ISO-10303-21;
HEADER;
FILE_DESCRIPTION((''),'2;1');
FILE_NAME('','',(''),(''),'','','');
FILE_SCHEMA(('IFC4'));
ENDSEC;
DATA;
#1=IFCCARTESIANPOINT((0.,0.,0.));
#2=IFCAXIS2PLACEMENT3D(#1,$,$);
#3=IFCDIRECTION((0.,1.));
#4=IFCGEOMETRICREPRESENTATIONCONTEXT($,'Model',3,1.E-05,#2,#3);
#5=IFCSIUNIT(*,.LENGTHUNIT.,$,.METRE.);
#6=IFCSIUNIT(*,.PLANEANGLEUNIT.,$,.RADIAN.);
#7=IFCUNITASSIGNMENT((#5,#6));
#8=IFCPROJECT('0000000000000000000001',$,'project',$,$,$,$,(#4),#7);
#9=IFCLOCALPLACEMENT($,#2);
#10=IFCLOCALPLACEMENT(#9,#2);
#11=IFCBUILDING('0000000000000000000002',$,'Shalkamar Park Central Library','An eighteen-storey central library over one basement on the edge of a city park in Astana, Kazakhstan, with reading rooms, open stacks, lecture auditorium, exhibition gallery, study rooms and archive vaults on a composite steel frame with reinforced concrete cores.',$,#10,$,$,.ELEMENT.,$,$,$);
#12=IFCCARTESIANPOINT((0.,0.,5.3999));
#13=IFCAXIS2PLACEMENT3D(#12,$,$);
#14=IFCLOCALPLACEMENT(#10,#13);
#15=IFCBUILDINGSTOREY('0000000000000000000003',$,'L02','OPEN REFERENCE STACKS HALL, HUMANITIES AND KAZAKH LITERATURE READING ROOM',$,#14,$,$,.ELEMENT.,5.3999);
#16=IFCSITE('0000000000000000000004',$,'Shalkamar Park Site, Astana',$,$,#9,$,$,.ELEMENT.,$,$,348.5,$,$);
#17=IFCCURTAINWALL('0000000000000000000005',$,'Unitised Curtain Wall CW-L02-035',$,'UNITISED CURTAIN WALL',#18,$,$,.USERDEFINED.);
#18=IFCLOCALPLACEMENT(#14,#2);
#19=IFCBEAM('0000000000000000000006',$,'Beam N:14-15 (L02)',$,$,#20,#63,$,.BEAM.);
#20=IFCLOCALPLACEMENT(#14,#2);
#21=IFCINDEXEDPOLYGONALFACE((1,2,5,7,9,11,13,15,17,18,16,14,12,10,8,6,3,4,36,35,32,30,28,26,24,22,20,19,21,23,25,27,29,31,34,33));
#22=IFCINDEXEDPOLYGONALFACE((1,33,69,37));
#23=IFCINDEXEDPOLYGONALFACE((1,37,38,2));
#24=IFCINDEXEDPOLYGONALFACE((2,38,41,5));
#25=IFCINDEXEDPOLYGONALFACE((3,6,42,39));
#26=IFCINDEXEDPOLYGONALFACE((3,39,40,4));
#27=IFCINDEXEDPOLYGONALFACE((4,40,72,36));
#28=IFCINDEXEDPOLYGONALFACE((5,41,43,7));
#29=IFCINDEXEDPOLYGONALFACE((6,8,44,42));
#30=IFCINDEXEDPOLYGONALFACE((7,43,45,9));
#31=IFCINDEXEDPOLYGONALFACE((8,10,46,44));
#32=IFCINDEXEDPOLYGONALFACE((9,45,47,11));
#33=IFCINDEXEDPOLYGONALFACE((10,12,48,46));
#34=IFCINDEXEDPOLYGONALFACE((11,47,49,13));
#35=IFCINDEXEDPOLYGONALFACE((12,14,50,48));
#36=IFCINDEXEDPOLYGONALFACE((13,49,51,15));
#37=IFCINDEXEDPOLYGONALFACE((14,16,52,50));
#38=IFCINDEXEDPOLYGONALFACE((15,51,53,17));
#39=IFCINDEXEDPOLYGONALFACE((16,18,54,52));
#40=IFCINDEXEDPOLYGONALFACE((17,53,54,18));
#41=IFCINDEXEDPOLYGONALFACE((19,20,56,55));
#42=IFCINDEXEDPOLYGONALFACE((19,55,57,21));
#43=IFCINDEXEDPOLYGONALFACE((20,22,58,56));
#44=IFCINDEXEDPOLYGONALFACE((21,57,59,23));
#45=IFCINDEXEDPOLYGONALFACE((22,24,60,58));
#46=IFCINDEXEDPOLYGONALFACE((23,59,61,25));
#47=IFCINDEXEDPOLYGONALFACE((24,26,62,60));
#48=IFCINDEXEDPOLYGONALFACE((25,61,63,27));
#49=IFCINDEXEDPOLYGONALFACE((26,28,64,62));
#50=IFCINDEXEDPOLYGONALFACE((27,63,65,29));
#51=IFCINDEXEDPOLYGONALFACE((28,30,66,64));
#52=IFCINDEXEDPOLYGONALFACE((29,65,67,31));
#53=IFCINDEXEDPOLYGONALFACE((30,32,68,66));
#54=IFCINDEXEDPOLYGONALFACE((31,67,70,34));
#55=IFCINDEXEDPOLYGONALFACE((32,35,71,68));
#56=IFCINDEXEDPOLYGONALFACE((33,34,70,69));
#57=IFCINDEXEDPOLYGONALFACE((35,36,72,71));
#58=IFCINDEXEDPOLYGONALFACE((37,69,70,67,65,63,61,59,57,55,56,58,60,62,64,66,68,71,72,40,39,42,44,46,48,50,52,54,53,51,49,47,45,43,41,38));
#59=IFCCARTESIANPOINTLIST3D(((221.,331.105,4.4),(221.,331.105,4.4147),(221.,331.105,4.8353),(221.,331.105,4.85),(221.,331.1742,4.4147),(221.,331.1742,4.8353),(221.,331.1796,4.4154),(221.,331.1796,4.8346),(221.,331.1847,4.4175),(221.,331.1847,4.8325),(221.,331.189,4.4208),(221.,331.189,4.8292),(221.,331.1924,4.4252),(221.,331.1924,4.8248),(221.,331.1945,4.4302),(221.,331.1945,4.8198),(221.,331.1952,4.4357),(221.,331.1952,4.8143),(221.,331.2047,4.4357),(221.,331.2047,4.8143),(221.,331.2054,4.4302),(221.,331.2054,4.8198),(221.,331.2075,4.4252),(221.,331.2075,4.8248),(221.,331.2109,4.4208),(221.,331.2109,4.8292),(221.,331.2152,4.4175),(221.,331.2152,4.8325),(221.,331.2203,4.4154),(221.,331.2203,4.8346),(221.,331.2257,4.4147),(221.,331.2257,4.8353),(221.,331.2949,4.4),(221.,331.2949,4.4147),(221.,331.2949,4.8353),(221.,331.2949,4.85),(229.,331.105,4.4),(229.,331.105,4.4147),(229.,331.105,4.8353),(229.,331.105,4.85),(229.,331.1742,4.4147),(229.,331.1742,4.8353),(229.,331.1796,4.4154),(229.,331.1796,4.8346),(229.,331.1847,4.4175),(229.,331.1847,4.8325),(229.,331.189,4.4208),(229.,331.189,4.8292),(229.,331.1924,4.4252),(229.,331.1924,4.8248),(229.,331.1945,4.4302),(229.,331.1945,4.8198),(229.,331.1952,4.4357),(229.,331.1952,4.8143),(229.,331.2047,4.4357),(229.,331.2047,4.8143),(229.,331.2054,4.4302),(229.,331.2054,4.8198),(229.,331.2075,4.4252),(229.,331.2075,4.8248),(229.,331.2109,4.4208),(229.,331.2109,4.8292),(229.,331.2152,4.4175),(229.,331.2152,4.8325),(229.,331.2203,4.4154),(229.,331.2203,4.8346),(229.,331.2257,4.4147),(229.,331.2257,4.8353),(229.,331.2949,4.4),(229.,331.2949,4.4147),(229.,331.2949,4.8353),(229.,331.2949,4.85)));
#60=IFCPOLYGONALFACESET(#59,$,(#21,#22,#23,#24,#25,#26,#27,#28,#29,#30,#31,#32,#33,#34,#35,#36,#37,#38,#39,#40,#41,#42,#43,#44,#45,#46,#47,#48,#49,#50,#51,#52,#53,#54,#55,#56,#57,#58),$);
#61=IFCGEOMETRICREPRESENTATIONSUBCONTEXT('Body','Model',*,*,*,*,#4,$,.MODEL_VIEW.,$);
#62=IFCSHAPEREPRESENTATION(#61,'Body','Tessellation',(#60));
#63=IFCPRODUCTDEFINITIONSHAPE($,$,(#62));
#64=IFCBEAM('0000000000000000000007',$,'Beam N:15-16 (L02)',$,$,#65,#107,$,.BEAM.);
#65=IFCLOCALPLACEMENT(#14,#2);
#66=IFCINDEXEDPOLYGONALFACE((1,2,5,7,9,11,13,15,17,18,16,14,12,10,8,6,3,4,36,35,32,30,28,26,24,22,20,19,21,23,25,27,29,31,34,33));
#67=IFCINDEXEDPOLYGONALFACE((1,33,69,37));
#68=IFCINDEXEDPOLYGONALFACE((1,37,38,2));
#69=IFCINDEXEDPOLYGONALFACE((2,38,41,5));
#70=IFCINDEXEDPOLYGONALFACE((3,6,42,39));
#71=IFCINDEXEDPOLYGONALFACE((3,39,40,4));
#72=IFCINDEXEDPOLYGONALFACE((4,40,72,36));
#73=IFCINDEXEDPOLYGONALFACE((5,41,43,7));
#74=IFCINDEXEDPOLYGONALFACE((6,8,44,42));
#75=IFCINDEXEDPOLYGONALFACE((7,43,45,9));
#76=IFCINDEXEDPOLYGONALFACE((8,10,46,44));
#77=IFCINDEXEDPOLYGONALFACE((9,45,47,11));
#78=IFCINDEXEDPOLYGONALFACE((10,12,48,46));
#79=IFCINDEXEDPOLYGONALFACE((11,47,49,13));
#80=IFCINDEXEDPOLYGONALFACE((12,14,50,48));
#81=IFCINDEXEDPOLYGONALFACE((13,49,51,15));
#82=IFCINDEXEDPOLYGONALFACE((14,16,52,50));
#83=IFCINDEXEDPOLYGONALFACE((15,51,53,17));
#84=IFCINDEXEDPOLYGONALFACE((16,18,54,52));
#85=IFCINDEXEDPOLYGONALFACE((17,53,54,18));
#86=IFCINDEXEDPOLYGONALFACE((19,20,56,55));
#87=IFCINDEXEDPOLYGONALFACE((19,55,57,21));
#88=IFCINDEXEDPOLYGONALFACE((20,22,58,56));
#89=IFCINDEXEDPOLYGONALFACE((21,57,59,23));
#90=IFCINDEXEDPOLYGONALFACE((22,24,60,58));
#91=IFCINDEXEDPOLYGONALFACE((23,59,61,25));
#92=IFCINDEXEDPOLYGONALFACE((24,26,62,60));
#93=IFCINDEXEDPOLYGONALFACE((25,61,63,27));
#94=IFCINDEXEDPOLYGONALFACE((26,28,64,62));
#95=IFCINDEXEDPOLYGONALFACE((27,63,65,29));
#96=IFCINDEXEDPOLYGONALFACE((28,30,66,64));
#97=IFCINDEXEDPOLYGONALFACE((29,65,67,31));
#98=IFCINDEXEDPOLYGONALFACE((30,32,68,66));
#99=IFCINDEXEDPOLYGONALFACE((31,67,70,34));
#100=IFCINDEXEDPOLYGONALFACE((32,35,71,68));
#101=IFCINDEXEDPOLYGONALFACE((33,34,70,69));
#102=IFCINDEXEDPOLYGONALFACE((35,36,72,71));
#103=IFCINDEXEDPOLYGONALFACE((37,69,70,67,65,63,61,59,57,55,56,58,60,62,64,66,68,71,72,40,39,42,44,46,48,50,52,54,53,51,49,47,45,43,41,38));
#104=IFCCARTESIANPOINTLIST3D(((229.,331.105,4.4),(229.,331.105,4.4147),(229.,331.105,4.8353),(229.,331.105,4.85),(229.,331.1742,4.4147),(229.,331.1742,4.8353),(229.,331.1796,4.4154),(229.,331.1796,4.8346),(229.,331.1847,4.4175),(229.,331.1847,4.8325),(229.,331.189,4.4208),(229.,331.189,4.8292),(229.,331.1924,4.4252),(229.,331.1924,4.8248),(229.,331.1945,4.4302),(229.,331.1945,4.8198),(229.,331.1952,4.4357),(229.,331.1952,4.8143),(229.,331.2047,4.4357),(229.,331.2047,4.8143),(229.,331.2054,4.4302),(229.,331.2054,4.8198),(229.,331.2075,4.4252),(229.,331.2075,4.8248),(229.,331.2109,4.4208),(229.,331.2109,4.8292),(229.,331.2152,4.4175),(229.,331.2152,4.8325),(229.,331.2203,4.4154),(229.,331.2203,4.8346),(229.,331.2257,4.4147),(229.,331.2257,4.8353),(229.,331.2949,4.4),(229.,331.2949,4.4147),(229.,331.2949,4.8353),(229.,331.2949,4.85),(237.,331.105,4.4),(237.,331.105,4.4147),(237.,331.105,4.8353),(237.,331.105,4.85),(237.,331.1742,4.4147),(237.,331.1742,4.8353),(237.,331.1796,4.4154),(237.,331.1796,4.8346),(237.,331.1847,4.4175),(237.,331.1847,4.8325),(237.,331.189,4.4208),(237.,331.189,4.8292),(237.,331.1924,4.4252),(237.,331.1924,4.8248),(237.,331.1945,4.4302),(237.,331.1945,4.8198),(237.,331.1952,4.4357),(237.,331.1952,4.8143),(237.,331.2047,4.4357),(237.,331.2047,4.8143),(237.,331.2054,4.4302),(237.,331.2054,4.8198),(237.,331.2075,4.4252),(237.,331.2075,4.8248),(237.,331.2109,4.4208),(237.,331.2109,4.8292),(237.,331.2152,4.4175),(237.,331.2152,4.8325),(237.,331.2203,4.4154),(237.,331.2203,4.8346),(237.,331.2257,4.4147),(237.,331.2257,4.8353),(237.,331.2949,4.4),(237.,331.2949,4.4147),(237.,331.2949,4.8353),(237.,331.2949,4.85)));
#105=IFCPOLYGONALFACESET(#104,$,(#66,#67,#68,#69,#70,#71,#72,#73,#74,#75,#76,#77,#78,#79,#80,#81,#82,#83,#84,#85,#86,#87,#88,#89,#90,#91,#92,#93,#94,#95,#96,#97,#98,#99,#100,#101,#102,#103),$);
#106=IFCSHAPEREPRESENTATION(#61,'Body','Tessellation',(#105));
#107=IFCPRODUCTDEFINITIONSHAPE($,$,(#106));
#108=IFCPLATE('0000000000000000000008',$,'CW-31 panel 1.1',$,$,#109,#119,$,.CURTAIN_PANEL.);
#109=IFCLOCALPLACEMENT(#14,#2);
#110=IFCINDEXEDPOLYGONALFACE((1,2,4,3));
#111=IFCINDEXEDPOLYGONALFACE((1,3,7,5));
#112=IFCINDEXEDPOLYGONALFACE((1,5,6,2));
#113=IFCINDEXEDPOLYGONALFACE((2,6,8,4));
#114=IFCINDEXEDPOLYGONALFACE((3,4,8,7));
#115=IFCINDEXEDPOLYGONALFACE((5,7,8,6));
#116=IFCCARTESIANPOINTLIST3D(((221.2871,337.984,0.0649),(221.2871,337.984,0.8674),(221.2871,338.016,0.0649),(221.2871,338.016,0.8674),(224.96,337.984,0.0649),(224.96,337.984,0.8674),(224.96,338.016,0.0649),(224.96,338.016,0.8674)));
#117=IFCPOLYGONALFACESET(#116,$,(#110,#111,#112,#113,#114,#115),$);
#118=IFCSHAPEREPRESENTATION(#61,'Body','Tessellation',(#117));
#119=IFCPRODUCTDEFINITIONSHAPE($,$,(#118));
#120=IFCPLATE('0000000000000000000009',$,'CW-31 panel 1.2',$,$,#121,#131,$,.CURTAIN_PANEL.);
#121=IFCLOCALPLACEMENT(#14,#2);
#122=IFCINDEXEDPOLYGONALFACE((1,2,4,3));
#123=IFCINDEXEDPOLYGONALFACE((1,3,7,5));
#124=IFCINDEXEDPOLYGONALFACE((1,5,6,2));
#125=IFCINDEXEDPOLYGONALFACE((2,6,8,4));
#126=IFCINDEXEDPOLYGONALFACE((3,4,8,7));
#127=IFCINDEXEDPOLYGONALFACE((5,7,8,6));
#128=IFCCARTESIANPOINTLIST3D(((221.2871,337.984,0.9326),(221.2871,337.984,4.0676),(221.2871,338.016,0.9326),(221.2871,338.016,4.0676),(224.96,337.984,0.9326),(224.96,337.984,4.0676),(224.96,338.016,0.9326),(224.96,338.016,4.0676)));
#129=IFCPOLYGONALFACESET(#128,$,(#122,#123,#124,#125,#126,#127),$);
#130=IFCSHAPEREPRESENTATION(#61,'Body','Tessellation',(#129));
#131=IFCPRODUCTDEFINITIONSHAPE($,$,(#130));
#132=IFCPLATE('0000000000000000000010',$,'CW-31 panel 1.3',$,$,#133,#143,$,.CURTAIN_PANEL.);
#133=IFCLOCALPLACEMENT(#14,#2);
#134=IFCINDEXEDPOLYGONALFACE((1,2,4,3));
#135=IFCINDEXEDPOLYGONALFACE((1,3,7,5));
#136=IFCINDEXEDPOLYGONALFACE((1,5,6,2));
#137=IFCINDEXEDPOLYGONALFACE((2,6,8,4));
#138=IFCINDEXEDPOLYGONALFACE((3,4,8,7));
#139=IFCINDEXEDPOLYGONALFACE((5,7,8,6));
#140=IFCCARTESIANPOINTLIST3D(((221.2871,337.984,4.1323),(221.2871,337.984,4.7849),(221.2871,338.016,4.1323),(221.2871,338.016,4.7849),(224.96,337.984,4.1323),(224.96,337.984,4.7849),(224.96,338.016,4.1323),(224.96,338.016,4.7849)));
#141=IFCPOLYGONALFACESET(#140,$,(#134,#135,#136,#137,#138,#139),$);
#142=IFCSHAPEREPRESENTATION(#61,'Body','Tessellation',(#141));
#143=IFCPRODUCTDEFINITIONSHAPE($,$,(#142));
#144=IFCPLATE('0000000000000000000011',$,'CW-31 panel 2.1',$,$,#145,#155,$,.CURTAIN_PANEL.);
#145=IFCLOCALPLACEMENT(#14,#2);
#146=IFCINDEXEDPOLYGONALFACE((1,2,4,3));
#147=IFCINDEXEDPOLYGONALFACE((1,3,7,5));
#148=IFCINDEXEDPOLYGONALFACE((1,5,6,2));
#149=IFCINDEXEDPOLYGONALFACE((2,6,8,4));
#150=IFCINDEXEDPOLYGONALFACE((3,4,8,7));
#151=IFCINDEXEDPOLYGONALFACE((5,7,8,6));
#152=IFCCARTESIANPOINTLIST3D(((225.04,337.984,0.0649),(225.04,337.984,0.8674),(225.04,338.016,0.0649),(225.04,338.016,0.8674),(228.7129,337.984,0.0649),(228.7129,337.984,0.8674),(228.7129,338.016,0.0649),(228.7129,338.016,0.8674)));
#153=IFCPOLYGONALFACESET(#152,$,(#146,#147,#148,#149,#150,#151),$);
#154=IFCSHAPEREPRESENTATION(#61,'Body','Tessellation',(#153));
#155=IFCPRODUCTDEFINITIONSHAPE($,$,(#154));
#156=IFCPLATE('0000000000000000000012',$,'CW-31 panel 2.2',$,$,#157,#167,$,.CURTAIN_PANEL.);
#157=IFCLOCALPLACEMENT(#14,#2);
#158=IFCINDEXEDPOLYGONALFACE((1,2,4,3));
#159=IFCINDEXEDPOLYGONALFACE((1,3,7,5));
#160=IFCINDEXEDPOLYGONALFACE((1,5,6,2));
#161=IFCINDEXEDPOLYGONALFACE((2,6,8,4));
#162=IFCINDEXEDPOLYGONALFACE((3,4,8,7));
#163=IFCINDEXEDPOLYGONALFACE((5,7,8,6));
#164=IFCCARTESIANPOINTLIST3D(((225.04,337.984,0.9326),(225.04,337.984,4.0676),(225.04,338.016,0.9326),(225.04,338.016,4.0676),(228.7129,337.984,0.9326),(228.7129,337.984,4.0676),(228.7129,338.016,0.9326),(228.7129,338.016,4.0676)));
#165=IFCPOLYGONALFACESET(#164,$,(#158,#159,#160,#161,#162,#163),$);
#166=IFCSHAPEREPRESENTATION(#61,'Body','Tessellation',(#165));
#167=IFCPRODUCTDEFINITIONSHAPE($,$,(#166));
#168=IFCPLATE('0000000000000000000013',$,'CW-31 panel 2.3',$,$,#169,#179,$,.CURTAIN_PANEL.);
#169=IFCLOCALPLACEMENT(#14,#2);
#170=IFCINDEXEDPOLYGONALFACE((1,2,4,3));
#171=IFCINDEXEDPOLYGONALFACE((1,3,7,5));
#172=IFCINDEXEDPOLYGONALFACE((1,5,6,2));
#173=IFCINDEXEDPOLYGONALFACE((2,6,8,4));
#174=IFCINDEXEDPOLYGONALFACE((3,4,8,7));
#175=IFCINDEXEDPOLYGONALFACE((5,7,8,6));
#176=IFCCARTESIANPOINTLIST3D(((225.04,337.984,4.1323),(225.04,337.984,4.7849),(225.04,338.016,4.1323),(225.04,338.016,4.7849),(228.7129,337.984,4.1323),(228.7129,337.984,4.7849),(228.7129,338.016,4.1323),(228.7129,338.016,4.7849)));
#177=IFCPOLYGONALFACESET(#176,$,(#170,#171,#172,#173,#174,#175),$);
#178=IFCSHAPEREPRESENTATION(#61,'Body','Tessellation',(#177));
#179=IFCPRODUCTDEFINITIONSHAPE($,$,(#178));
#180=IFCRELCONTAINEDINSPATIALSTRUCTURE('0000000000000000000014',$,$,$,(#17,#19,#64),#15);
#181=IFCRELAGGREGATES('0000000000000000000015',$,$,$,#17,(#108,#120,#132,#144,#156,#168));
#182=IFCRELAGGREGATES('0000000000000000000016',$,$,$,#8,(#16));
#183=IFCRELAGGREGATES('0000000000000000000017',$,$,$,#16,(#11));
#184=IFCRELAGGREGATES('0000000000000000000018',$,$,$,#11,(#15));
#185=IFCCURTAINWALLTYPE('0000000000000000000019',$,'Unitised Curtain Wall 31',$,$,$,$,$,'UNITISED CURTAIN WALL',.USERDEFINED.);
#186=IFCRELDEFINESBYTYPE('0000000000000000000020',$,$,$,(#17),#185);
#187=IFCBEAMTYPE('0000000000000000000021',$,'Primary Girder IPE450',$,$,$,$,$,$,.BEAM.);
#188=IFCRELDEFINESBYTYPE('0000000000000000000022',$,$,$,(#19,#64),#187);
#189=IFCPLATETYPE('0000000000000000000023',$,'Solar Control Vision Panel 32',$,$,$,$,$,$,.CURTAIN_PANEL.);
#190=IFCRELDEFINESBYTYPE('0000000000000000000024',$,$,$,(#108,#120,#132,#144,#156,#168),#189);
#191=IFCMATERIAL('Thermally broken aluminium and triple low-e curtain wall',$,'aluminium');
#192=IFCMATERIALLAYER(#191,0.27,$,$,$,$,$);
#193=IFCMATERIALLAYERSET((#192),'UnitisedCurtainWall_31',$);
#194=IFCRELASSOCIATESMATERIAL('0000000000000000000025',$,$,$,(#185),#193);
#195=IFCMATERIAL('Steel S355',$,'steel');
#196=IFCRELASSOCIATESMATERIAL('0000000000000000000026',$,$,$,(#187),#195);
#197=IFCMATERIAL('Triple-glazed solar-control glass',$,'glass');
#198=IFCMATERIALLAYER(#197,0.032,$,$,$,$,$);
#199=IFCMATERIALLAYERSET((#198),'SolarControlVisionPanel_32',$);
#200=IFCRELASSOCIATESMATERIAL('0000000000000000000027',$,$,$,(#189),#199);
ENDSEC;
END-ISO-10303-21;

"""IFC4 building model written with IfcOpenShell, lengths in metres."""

from ifc_helpers import new_model, si_unit, direction, frame, origin, origin_2d, place, context, subcontext, project, spatial, rectangle, i_section, extrude, material, layer, layer_set, material_profile, profile_set, type_object, element, aggregate, save


model = new_model("IFC4")

# Units and contexts
model_context = context("Model", 3, precision=1e-05, world=origin(), true_north=direction((0.0, 1.0)))
body_context = subcontext(model_context, "Body", "Model", "MODEL_VIEW")
ifc_project = project(units=[si_unit("LENGTHUNIT", "METRE"), si_unit("PLANEANGLEUNIT", "RADIAN")], contexts=[model_context])

# Site, building, storey
site_placement = place(None, origin())
site = spatial("IfcSite", under=ifc_project, at=site_placement, Name="Shalkamar Park Site, Astana", CompositionType="ELEMENT", RefElevation=348.5)
building_placement = place(site_placement, origin())
building = spatial("IfcBuilding", under=site, at=building_placement, Name="Shalkamar Park Central Library", Description="An eighteen-storey central library over one basement on the edge of a city park in Astana, Kazakhstan, with reading rooms, open stacks, lecture auditorium, exhibition gallery, study rooms and archive vaults on a composite steel frame with reinforced concrete cores.", CompositionType="ELEMENT")
storey_placement = place(building_placement, frame((0.0, 0.0, 5.3999)))
storey = spatial("IfcBuildingStorey", under=building, at=storey_placement, Name="L02", Description="OPEN REFERENCE STACKS HALL, HUMANITIES AND KAZAKH LITERATURE READING ROOM", CompositionType="ELEMENT", Elevation=5.3999)

# Shared definitions
ifc_material_1 = material(Name="Steel S355", Category="steel")

# Curtain wall
ifc_material_2 = material(Name="Thermally broken aluminium and triple low-e curtain wall", Category="aluminium")
ifc_layer_1 = layer(ifc_material_2, 0.27)
ifc_layer_set_1 = layer_set([ifc_layer_1], Name="UnitisedCurtainWall_31")
curtain_wall_type_1 = type_object("IfcCurtainWallType", Name="Unitised Curtain Wall 31", ElementType="UNITISED CURTAIN WALL", PredefinedType="USERDEFINED", material=ifc_layer_set_1)
curtain_wall_1_placement = place(storey_placement, origin())
curtain_wall_1 = element("IfcCurtainWall", 1, at=curtain_wall_1_placement, inside=storey, type_object=curtain_wall_type_1, Name="Unitised Curtain Wall CW-L02-035", ObjectType="UNITISED CURTAIN WALL", PredefinedType="USERDEFINED")

# Beams
ifc_material_profile_1 = material_profile(ifc_material_1, i_section(OverallWidth=0.1899, OverallDepth=0.45, WebThickness=0.0095, FlangeThickness=0.0146, FilletRadius=0.021, at=origin_2d()), Name="IPE 450")
ifc_profile_set_1 = profile_set([ifc_material_profile_1], Name="Steel S355")
beam_type_1 = type_object("IfcBeamType", Name="Primary Girder IPE450", PredefinedType="BEAM", material=ifc_profile_set_1)
for number, where, z_axis, x_axis, name in (
    (2, (221.0, 331.2, 4.625), (1.0, 0.0, 0.0), (0.0, 1.0, 0.0), "Beam N:14-15 (L02)"),
    (3, (229.0, 331.2, 4.625), (1.0, 0.0, 0.0), (0.0, 1.0, 0.0), "Beam N:15-16 (L02)"),
):
    element("IfcBeam", number, at=place(storey_placement, frame(where, z_axis=z_axis, x_axis=x_axis)), inside=storey, type_object=beam_type_1, Name=name, PredefinedType="BEAM", context=body_context, shape_type="SweptSolid", body=[
        extrude(i_section(OverallWidth=0.1899, OverallDepth=0.45, WebThickness=0.0095, FlangeThickness=0.0146, FilletRadius=0.021, at=origin_2d()), origin(), (0.0, 0.0, 1.0), 8.0),
    ])

# Plates
ifc_material_3 = material(Name="Triple-glazed solar-control glass", Category="glass")
ifc_layer_2 = layer(ifc_material_3, 0.032)
ifc_layer_set_2 = layer_set([ifc_layer_2], Name="SolarControlVisionPanel_32")
plate_type = type_object("IfcPlateType", Name="Solar Control Vision Panel 32", PredefinedType="CURTAIN_PANEL", material=ifc_layer_set_2)
plate_1_placement = place(storey_placement, frame((223.1235, 338.0, 0.0649), z_axis=(0.0, 0.0, 1.0), x_axis=(1.0, 0.0, 0.0)))
plate_1 = element("IfcPlate", 4, at=plate_1_placement, type_object=plate_type, Name="CW-31 panel 1.1", PredefinedType="CURTAIN_PANEL", context=body_context, shape_type="SweptSolid", body=[
    extrude(rectangle(XDim=3.6729, YDim=0.032, at=origin_2d()), origin(), (0.0, 0.0, 1.0), 0.8025),
])
plate_2_placement = place(storey_placement, frame((223.1235, 338.0, 0.9326), z_axis=(0.0, 0.0, 1.0), x_axis=(1.0, 0.0, 0.0)))
plate_2 = element("IfcPlate", 5, at=plate_2_placement, type_object=plate_type, Name="CW-31 panel 1.2", PredefinedType="CURTAIN_PANEL", context=body_context, shape_type="SweptSolid", body=[
    extrude(rectangle(XDim=3.6729, YDim=0.032, at=origin_2d()), origin(), (0.0, 0.0, 1.0), 3.135),
])
plate_3_placement = place(storey_placement, frame((223.1235, 338.0, 4.1323), z_axis=(0.0, 0.0, 1.0), x_axis=(1.0, 0.0, 0.0)))
plate_3 = element("IfcPlate", 6, at=plate_3_placement, type_object=plate_type, Name="CW-31 panel 1.3", PredefinedType="CURTAIN_PANEL", context=body_context, shape_type="SweptSolid", body=[
    extrude(rectangle(XDim=3.6729, YDim=0.032, at=origin_2d()), origin(), (0.0, 0.0, 1.0), 0.6526),
])
plate_4_placement = place(storey_placement, frame((226.8765, 338.0, 0.0649), z_axis=(0.0, 0.0, 1.0), x_axis=(1.0, 0.0, 0.0)))
plate_4 = element("IfcPlate", 7, at=plate_4_placement, type_object=plate_type, Name="CW-31 panel 2.1", PredefinedType="CURTAIN_PANEL", context=body_context, shape_type="SweptSolid", body=[
    extrude(rectangle(XDim=3.6729, YDim=0.032, at=origin_2d()), origin(), (0.0, 0.0, 1.0), 0.8025),
])
plate_5_placement = place(storey_placement, frame((226.8765, 338.0, 0.9326), z_axis=(0.0, 0.0, 1.0), x_axis=(1.0, 0.0, 0.0)))
plate_5 = element("IfcPlate", 8, at=plate_5_placement, type_object=plate_type, Name="CW-31 panel 2.2", PredefinedType="CURTAIN_PANEL", context=body_context, shape_type="SweptSolid", body=[
    extrude(rectangle(XDim=3.6729, YDim=0.032, at=origin_2d()), origin(), (0.0, 0.0, 1.0), 3.135),
])
plate_6_placement = place(storey_placement, frame((226.8765, 338.0, 4.1323), z_axis=(0.0, 0.0, 1.0), x_axis=(1.0, 0.0, 0.0)))
plate_6 = element("IfcPlate", 9, at=plate_6_placement, type_object=plate_type, Name="CW-31 panel 2.3", PredefinedType="CURTAIN_PANEL", context=body_context, shape_type="SweptSolid", body=[
    extrude(rectangle(XDim=3.6729, YDim=0.032, at=origin_2d()), origin(), (0.0, 0.0, 1.0), 0.6526),
])
aggregate(curtain_wall_1, [plate_1, plate_2, plate_3, plate_4, plate_5, plate_6])

save(model, "model.ifc")
